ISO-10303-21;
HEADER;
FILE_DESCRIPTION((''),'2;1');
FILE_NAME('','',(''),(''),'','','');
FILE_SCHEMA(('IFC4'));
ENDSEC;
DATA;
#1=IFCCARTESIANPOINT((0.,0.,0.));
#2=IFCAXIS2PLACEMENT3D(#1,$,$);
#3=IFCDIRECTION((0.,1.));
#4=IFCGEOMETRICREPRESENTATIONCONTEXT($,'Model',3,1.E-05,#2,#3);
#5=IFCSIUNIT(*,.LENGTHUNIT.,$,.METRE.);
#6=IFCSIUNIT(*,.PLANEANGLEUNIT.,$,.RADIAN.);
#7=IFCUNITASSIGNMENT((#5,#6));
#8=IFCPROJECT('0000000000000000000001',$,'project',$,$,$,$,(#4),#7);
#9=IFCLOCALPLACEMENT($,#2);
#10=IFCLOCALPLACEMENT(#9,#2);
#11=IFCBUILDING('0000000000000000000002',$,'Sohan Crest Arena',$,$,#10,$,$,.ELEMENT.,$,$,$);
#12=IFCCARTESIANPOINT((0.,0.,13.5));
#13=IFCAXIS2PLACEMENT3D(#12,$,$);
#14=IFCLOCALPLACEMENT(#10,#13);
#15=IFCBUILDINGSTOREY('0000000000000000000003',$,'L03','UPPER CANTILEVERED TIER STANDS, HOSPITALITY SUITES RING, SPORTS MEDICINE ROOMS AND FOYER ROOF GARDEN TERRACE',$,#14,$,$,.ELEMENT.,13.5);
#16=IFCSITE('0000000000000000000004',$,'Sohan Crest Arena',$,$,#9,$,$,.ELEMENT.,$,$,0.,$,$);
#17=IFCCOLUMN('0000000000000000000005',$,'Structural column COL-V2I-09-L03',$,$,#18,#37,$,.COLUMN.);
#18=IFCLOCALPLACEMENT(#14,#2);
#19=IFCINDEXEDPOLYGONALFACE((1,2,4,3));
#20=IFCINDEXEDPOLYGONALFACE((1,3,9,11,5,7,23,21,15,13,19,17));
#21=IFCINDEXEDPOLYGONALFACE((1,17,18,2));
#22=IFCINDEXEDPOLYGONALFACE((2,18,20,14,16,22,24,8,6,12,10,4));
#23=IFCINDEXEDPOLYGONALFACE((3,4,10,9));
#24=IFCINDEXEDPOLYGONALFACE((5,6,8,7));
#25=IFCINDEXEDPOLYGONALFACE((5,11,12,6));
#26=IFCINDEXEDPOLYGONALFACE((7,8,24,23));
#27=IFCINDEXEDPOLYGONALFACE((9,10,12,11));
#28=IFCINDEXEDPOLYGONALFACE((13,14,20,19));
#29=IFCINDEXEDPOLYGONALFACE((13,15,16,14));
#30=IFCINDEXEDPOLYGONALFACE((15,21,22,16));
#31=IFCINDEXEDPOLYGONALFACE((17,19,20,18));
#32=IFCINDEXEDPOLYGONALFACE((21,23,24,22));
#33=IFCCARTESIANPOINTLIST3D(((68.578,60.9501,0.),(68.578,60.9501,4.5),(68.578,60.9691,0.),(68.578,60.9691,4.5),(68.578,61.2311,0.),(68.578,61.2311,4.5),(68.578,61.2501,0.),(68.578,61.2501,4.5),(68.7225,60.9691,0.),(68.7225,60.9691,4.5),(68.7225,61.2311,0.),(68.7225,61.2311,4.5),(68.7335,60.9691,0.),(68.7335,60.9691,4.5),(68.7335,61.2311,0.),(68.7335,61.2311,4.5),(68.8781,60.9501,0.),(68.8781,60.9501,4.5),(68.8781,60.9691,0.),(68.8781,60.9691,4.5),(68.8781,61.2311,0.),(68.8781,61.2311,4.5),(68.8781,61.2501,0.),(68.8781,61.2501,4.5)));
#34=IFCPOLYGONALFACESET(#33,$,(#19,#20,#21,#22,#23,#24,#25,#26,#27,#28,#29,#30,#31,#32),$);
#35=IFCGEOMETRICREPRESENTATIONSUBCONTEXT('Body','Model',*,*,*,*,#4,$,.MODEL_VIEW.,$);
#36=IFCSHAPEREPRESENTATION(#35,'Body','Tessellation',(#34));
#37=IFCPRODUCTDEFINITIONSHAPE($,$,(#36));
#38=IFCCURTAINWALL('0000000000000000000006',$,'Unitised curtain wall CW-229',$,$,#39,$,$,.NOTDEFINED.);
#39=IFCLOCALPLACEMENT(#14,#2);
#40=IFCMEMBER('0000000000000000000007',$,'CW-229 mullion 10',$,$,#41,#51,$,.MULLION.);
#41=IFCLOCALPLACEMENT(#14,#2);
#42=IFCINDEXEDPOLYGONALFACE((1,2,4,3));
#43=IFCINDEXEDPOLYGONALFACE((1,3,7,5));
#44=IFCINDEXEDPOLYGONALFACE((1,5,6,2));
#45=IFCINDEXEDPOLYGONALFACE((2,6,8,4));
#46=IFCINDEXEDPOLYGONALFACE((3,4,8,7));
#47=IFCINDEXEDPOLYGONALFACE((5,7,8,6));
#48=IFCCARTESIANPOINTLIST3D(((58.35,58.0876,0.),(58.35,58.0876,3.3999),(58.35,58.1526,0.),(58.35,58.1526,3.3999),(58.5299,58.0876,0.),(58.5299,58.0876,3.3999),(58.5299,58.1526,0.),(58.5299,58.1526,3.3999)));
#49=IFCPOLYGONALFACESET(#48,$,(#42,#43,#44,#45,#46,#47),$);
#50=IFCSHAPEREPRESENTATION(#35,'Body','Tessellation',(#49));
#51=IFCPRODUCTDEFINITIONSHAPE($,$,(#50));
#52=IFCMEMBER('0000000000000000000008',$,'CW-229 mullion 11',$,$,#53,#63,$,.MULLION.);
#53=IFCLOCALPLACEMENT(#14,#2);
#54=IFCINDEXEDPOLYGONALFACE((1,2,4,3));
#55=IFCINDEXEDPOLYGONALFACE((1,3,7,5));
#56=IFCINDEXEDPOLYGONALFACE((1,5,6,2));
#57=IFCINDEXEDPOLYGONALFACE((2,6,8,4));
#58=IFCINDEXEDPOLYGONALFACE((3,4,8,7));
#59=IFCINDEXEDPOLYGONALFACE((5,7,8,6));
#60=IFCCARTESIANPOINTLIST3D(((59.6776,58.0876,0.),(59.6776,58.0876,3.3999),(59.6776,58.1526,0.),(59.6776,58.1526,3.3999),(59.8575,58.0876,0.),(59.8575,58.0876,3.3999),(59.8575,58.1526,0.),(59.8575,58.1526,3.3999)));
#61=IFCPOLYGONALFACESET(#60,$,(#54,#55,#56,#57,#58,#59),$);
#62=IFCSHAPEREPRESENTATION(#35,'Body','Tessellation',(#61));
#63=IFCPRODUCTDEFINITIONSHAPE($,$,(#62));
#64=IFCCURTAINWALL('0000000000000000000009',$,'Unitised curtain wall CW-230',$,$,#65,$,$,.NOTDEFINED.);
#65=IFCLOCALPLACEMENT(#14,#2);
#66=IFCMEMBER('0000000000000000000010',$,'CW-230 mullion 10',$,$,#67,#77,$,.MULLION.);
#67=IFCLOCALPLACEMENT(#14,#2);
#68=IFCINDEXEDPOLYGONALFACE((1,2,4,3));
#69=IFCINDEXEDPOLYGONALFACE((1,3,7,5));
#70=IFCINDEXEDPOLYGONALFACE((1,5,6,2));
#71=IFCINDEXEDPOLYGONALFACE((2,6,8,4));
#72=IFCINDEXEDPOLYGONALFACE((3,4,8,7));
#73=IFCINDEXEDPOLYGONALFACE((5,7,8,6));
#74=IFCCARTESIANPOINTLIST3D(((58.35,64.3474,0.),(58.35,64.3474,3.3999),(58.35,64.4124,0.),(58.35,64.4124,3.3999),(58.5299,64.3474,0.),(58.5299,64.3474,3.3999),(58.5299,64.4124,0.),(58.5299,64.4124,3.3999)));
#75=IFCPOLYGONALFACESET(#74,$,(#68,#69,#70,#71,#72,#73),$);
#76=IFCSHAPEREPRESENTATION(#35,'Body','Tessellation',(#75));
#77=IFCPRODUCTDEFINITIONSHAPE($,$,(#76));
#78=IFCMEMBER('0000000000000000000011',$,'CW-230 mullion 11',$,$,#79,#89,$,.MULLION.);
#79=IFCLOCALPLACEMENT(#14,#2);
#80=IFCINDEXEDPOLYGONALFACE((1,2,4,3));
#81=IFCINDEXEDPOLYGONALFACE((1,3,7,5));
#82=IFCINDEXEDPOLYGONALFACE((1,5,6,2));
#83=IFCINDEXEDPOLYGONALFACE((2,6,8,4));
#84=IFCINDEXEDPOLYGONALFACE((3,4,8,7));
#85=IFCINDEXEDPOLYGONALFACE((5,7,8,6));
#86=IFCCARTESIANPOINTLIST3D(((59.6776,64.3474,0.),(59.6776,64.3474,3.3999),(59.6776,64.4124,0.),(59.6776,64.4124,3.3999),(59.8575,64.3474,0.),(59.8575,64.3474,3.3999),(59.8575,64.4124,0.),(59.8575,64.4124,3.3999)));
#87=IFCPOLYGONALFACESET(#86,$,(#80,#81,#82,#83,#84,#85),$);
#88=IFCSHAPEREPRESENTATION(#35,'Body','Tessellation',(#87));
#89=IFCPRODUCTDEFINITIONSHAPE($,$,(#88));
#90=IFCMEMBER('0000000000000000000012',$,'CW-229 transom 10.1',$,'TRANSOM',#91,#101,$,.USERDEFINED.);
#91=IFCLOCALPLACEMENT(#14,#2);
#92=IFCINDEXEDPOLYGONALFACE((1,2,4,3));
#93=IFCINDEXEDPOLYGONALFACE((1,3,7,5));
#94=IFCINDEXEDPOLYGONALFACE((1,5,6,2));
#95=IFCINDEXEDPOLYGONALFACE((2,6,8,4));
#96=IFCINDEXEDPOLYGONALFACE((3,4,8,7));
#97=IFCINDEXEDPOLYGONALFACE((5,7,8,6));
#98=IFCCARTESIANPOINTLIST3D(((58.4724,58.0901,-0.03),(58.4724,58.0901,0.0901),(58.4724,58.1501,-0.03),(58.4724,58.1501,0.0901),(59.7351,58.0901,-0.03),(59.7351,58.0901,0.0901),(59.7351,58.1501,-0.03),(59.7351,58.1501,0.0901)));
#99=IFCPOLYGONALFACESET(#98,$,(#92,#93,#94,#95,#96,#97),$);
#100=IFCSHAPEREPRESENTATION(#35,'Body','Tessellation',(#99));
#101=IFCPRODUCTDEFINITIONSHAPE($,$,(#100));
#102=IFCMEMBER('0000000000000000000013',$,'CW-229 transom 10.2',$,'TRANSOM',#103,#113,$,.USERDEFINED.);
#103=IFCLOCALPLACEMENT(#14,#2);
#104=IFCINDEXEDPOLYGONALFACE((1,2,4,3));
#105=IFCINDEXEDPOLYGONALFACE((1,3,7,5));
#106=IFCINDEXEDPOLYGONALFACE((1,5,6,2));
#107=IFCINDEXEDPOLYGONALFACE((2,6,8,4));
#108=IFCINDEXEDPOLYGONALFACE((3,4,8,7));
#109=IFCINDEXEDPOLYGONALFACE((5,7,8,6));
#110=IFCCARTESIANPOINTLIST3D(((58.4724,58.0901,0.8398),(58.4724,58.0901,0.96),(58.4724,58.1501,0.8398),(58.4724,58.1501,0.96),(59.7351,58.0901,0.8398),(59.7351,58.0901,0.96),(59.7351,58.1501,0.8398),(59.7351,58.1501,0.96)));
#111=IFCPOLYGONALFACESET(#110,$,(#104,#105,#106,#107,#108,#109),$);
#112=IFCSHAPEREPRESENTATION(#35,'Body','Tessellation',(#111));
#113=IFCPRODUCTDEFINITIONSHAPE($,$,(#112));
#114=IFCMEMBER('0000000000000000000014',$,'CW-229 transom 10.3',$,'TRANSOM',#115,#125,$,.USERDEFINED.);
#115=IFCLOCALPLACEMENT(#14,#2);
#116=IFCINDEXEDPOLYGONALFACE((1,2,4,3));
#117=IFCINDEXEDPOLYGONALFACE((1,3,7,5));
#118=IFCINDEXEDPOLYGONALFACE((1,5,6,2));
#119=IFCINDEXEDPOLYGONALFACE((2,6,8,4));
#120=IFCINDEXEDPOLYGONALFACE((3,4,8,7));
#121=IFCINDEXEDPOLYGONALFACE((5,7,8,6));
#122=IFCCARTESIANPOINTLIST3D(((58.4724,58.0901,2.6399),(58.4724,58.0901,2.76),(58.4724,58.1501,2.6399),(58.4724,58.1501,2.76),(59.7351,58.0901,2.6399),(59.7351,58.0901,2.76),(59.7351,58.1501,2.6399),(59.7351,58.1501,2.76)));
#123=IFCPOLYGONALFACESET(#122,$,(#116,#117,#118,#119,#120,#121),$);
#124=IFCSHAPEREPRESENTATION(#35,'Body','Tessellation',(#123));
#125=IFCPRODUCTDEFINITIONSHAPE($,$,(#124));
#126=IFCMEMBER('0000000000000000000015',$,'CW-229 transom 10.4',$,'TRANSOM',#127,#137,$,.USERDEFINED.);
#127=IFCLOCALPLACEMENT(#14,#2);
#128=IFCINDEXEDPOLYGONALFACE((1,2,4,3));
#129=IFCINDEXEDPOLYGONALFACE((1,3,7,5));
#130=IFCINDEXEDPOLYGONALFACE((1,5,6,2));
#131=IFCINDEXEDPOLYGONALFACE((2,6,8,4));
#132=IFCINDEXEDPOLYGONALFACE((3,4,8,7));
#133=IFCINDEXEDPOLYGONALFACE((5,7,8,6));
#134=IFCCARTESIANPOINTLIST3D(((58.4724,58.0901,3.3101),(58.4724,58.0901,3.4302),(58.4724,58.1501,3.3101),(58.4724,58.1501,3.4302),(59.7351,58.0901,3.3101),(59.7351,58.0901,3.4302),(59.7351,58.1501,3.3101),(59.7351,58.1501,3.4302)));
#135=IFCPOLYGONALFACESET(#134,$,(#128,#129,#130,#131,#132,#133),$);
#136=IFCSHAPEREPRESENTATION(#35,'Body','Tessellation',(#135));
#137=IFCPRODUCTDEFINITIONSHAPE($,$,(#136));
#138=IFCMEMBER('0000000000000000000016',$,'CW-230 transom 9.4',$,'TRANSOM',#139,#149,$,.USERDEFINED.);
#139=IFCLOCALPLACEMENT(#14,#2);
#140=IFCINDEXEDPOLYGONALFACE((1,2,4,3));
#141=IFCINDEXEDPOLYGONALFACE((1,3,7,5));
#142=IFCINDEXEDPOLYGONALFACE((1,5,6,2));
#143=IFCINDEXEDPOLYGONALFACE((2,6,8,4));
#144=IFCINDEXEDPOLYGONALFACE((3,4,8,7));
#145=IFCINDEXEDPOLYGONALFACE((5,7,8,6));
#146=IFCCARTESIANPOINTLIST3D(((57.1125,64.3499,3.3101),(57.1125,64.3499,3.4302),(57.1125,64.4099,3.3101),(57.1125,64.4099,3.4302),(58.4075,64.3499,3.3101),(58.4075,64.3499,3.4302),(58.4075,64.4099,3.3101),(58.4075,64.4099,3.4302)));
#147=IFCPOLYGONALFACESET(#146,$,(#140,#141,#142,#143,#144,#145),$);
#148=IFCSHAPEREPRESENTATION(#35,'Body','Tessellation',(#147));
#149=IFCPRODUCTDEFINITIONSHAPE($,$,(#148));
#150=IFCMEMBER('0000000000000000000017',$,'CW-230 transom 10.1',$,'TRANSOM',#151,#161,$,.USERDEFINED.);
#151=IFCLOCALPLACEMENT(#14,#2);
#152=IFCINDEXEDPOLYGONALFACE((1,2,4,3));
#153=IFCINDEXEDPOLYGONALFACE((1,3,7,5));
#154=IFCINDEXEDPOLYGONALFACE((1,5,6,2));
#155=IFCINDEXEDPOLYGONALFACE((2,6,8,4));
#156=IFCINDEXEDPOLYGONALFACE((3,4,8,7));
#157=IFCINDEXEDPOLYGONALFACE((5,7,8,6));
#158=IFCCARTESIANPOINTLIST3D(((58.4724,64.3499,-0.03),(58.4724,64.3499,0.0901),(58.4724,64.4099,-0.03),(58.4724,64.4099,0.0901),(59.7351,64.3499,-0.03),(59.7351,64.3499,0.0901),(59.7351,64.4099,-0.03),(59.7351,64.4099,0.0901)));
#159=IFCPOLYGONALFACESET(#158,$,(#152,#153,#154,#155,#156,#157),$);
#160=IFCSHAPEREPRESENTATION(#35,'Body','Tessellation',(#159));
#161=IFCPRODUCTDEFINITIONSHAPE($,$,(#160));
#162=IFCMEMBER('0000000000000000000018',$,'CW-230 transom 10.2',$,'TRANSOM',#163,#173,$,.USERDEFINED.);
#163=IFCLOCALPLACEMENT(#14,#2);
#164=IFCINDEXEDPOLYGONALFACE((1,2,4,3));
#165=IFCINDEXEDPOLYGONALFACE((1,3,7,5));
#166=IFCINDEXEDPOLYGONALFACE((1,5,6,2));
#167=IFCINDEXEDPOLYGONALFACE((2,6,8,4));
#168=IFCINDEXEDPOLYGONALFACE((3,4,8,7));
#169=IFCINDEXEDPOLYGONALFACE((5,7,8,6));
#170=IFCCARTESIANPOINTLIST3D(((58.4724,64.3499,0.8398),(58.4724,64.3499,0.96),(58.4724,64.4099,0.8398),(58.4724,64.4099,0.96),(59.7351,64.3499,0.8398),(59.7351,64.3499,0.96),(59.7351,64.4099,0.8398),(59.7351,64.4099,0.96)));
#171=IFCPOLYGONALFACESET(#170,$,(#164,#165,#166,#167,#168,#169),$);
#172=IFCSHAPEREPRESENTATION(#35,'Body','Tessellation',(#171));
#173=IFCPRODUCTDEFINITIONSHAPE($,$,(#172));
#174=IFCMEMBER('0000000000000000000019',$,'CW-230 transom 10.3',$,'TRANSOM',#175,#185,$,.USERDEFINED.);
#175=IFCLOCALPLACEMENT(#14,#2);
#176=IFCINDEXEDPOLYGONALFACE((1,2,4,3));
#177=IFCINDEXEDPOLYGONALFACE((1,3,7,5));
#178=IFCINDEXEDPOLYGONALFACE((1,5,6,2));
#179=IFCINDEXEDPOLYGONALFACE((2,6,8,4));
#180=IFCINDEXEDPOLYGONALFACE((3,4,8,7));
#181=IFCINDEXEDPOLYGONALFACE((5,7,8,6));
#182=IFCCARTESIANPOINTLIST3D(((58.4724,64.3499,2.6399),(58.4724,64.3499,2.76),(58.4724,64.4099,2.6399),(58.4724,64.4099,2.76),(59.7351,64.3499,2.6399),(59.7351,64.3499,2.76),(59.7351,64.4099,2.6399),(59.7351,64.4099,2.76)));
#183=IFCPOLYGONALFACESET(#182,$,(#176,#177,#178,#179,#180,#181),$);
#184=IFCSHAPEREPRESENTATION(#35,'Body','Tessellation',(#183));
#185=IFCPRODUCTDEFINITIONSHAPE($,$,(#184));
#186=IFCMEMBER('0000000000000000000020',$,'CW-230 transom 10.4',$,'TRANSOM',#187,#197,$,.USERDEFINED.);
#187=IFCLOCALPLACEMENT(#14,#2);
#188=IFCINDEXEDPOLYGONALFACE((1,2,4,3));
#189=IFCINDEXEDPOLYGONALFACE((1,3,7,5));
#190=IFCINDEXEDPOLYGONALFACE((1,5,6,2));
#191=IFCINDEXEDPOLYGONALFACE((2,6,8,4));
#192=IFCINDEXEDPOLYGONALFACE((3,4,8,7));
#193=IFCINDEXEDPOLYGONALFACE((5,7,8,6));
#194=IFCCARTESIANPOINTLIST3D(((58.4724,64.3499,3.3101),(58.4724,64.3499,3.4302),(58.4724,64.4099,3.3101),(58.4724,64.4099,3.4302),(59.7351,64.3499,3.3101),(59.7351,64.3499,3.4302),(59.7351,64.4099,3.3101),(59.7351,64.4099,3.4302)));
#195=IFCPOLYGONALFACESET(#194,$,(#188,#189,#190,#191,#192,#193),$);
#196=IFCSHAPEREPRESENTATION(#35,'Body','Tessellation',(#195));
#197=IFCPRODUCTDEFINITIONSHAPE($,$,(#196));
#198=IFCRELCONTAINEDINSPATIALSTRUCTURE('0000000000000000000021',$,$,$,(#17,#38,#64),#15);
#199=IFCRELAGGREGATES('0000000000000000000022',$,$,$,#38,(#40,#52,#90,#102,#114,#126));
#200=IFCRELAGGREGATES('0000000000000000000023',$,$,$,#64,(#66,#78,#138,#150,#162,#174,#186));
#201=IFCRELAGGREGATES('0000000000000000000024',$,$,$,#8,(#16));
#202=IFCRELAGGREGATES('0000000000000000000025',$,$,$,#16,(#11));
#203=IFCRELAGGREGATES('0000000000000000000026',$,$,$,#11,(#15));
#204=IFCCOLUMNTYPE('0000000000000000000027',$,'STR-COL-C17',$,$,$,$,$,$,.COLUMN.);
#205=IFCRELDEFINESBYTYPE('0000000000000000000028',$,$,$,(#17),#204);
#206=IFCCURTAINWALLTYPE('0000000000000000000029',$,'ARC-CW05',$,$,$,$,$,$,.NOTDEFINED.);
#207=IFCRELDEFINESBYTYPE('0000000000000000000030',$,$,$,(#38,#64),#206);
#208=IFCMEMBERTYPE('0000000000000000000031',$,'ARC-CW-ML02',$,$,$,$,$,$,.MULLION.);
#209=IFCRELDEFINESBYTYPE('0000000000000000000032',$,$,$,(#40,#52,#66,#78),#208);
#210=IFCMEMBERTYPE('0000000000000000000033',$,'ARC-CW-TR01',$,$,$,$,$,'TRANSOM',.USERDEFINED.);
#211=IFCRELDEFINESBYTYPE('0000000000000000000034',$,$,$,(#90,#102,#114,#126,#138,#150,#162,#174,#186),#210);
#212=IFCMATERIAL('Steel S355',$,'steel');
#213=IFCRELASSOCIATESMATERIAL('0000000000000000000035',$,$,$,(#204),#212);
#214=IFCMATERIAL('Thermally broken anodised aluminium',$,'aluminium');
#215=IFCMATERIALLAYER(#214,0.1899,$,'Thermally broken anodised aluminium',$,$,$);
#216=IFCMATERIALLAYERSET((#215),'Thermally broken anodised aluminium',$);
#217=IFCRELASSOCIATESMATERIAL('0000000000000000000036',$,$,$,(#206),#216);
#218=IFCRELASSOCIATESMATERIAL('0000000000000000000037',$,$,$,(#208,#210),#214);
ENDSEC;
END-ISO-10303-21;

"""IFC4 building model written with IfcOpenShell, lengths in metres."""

from ifc_helpers import new_model, si_unit, direction, frame, origin, origin_2d, place, context, subcontext, project, spatial, rectangle, i_section, extrude, material, layer, layer_set, material_profile, profile_set, type_object, element, aggregate, save


model = new_model("IFC4")

# Units and contexts
model_context = context("Model", 3, precision=1e-05, world=origin(), true_north=direction((0.0, 1.0)))
body_context = subcontext(model_context, "Body", "Model", "MODEL_VIEW")
ifc_project = project(units=[si_unit("LENGTHUNIT", "METRE"), si_unit("PLANEANGLEUNIT", "RADIAN")], contexts=[model_context])

# Site, building, storey
site_placement = place(None, origin())
site = spatial("IfcSite", under=ifc_project, at=site_placement, Name="Sohan Crest Arena", CompositionType="ELEMENT", RefElevation=0.0)
building_placement = place(site_placement, origin())
building = spatial("IfcBuilding", under=site, at=building_placement, Name="Sohan Crest Arena", CompositionType="ELEMENT")
storey_placement = place(building_placement, frame((0.0, 0.0, 13.5)))
storey = spatial("IfcBuildingStorey", under=building, at=storey_placement, Name="L03", Description="UPPER CANTILEVERED TIER STANDS, HOSPITALITY SUITES RING, SPORTS MEDICINE ROOMS AND FOYER ROOF GARDEN TERRACE", CompositionType="ELEMENT", Elevation=13.5)

# Column
ifc_material_1 = material(Name="Steel S355", Category="steel")
ifc_material_profile_1 = material_profile(ifc_material_1, i_section(OverallWidth=0.3, OverallDepth=0.3, WebThickness=0.011, FlangeThickness=0.019, at=origin_2d()), Name="HEB 300")
ifc_profile_set_1 = profile_set([ifc_material_profile_1], Name="Steel S355")
column_type = type_object("IfcColumnType", Name="STR-COL-C17", PredefinedType="COLUMN", material=ifc_profile_set_1)
column_placement = place(storey_placement, frame((68.728, 61.1001, 0.0), z_axis=(0.0, 0.0, 1.0), x_axis=(1.0, 0.0, 0.0)))
element("IfcColumn", 1, at=column_placement, inside=storey, type_object=column_type, Name="Structural column COL-V2I-09-L03", PredefinedType="COLUMN", context=body_context, shape_type="SweptSolid", body=[
    extrude(i_section(OverallWidth=0.3, OverallDepth=0.3, WebThickness=0.011, FlangeThickness=0.019, at=origin_2d()), origin(), (0.0, 0.0, 1.0), 4.5),
])

# Curtain walls, members
ifc_material_2 = material(Name="Thermally broken anodised aluminium", Category="aluminium")
ifc_layer_1 = layer(ifc_material_2, 0.1899, Name="Thermally broken anodised aluminium")
ifc_layer_set_1 = layer_set([ifc_layer_1], Name="Thermally broken anodised aluminium")
curtain_wall_type = type_object("IfcCurtainWallType", Name="ARC-CW05", PredefinedType="NOTDEFINED", material=ifc_layer_set_1)
curtain_wall_1_placement = place(storey_placement, origin())
curtain_wall_1 = element("IfcCurtainWall", 2, at=curtain_wall_1_placement, inside=storey, type_object=curtain_wall_type, Name="Unitised curtain wall CW-229", PredefinedType="NOTDEFINED")
ifc_material_profile_2 = material_profile(ifc_material_2, rectangle(XDim=0.0649, YDim=0.1799, at=origin_2d()), Name="ALU-MULL 65x180")
ifc_profile_set_2 = profile_set([ifc_material_profile_2], Name="Thermally broken anodised aluminium")
member_type_1 = type_object("IfcMemberType", Name="ARC-CW-ML02", PredefinedType="MULLION", material=ifc_profile_set_2)
member_1_placement = place(storey_placement, frame((58.4399, 58.1201, 0.0), z_axis=(0.0, 0.0, 1.0), x_axis=(0.0, 1.0, 0.0)))
member_1 = element("IfcMember", 3, at=member_1_placement, type_object=member_type_1, Name="CW-229 mullion 10", PredefinedType="MULLION", context=body_context, shape_type="SweptSolid", body=[
    extrude(rectangle(XDim=0.0649, YDim=0.1799, at=origin_2d()), origin(), (0.0, 0.0, 1.0), 3.3999),
])
member_2_placement = place(storey_placement, frame((59.7676, 58.1201, 0.0), z_axis=(0.0, 0.0, 1.0), x_axis=(0.0, 1.0, 0.0)))
member_2 = element("IfcMember", 4, at=member_2_placement, type_object=member_type_1, Name="CW-229 mullion 11", PredefinedType="MULLION", context=body_context, shape_type="SweptSolid", body=[
    extrude(rectangle(XDim=0.0649, YDim=0.1799, at=origin_2d()), origin(), (0.0, 0.0, 1.0), 3.3999),
])
curtain_wall_2_placement = place(storey_placement, origin())
curtain_wall_2 = element("IfcCurtainWall", 5, at=curtain_wall_2_placement, inside=storey, type_object=curtain_wall_type, Name="Unitised curtain wall CW-230", PredefinedType="NOTDEFINED")
member_3_placement = place(storey_placement, frame((58.4399, 64.3799, 0.0), z_axis=(0.0, 0.0, 1.0), x_axis=(0.0, 1.0, 0.0)))
member_3 = element("IfcMember", 6, at=member_3_placement, type_object=member_type_1, Name="CW-230 mullion 10", PredefinedType="MULLION", context=body_context, shape_type="SweptSolid", body=[
    extrude(rectangle(XDim=0.0649, YDim=0.1799, at=origin_2d()), origin(), (0.0, 0.0, 1.0), 3.3999),
])
member_4_placement = place(storey_placement, frame((59.7676, 64.3799, 0.0), z_axis=(0.0, 0.0, 1.0), x_axis=(0.0, 1.0, 0.0)))
member_4 = element("IfcMember", 7, at=member_4_placement, type_object=member_type_1, Name="CW-230 mullion 11", PredefinedType="MULLION", context=body_context, shape_type="SweptSolid", body=[
    extrude(rectangle(XDim=0.0649, YDim=0.1799, at=origin_2d()), origin(), (0.0, 0.0, 1.0), 3.3999),
])

# Members
ifc_material_profile_3 = material_profile(ifc_material_2, rectangle(XDim=0.0601, YDim=0.1201, at=origin_2d()), Name="ALU-TRAN 60x120")
ifc_profile_set_3 = profile_set([ifc_material_profile_3], Name="Thermally broken anodised aluminium")
member_type_2 = type_object("IfcMemberType", Name="ARC-CW-TR01", ElementType="TRANSOM", PredefinedType="USERDEFINED", material=ifc_profile_set_3)
member_5_placement = place(storey_placement, frame((58.4724, 58.1201, 0.03), z_axis=(1.0, 0.0, 0.0), x_axis=(0.0, 1.0, 0.0)))
member_5 = element("IfcMember", 8, at=member_5_placement, type_object=member_type_2, Name="CW-229 transom 10.1", ObjectType="TRANSOM", PredefinedType="USERDEFINED", context=body_context, shape_type="SweptSolid", body=[
    extrude(rectangle(XDim=0.0601, YDim=0.1201, at=origin_2d()), origin(), (0.0, 0.0, 1.0), 1.2627),
])
member_6_placement = place(storey_placement, frame((58.4724, 58.1201, 0.8999), z_axis=(1.0, 0.0, 0.0), x_axis=(0.0, 1.0, 0.0)))
member_6 = element("IfcMember", 9, at=member_6_placement, type_object=member_type_2, Name="CW-229 transom 10.2", ObjectType="TRANSOM", PredefinedType="USERDEFINED", context=body_context, shape_type="SweptSolid", body=[
    extrude(rectangle(XDim=0.0601, YDim=0.1201, at=origin_2d()), origin(), (0.0, 0.0, 1.0), 1.2627),
])
member_7_placement = place(storey_placement, frame((58.4724, 58.1201, 2.7), z_axis=(1.0, 0.0, 0.0), x_axis=(0.0, 1.0, 0.0)))
member_7 = element("IfcMember", 10, at=member_7_placement, type_object=member_type_2, Name="CW-229 transom 10.3", ObjectType="TRANSOM", PredefinedType="USERDEFINED", context=body_context, shape_type="SweptSolid", body=[
    extrude(rectangle(XDim=0.0601, YDim=0.1201, at=origin_2d()), origin(), (0.0, 0.0, 1.0), 1.2627),
])
member_8_placement = place(storey_placement, frame((58.4724, 58.1201, 3.3701), z_axis=(1.0, 0.0, 0.0), x_axis=(0.0, 1.0, 0.0)))
member_8 = element("IfcMember", 11, at=member_8_placement, type_object=member_type_2, Name="CW-229 transom 10.4", ObjectType="TRANSOM", PredefinedType="USERDEFINED", context=body_context, shape_type="SweptSolid", body=[
    extrude(rectangle(XDim=0.0601, YDim=0.1201, at=origin_2d()), origin(), (0.0, 0.0, 1.0), 1.2627),
])
member_9_placement = place(storey_placement, frame((57.1125, 64.3799, 3.3701), z_axis=(1.0, 0.0, 0.0), x_axis=(0.0, 1.0, 0.0)))
member_9 = element("IfcMember", 12, at=member_9_placement, type_object=member_type_2, Name="CW-230 transom 9.4", ObjectType="TRANSOM", PredefinedType="USERDEFINED", context=body_context, shape_type="SweptSolid", body=[
    extrude(rectangle(XDim=0.0601, YDim=0.1201, at=origin_2d()), origin(), (0.0, 0.0, 1.0), 1.2949),
])
member_10_placement = place(storey_placement, frame((58.4724, 64.3799, 0.03), z_axis=(1.0, 0.0, 0.0), x_axis=(0.0, 1.0, 0.0)))
member_10 = element("IfcMember", 13, at=member_10_placement, type_object=member_type_2, Name="CW-230 transom 10.1", ObjectType="TRANSOM", PredefinedType="USERDEFINED", context=body_context, shape_type="SweptSolid", body=[
    extrude(rectangle(XDim=0.0601, YDim=0.1201, at=origin_2d()), origin(), (0.0, 0.0, 1.0), 1.2627),
])
member_11_placement = place(storey_placement, frame((58.4724, 64.3799, 0.8999), z_axis=(1.0, 0.0, 0.0), x_axis=(0.0, 1.0, 0.0)))
member_11 = element("IfcMember", 14, at=member_11_placement, type_object=member_type_2, Name="CW-230 transom 10.2", ObjectType="TRANSOM", PredefinedType="USERDEFINED", context=body_context, shape_type="SweptSolid", body=[
    extrude(rectangle(XDim=0.0601, YDim=0.1201, at=origin_2d()), origin(), (0.0, 0.0, 1.0), 1.2627),
])
member_12_placement = place(storey_placement, frame((58.4724, 64.3799, 2.7), z_axis=(1.0, 0.0, 0.0), x_axis=(0.0, 1.0, 0.0)))
member_12 = element("IfcMember", 15, at=member_12_placement, type_object=member_type_2, Name="CW-230 transom 10.3", ObjectType="TRANSOM", PredefinedType="USERDEFINED", context=body_context, shape_type="SweptSolid", body=[
    extrude(rectangle(XDim=0.0601, YDim=0.1201, at=origin_2d()), origin(), (0.0, 0.0, 1.0), 1.2627),
])
member_13_placement = place(storey_placement, frame((58.4724, 64.3799, 3.3701), z_axis=(1.0, 0.0, 0.0), x_axis=(0.0, 1.0, 0.0)))
member_13 = element("IfcMember", 16, at=member_13_placement, type_object=member_type_2, Name="CW-230 transom 10.4", ObjectType="TRANSOM", PredefinedType="USERDEFINED", context=body_context, shape_type="SweptSolid", body=[
    extrude(rectangle(XDim=0.0601, YDim=0.1201, at=origin_2d()), origin(), (0.0, 0.0, 1.0), 1.2627),
])

aggregate(curtain_wall_1, [member_1, member_2, member_5, member_6, member_7, member_8])
aggregate(curtain_wall_2, [member_3, member_4, member_9, member_10, member_11, member_12, member_13])

save(model, "model.ifc")
